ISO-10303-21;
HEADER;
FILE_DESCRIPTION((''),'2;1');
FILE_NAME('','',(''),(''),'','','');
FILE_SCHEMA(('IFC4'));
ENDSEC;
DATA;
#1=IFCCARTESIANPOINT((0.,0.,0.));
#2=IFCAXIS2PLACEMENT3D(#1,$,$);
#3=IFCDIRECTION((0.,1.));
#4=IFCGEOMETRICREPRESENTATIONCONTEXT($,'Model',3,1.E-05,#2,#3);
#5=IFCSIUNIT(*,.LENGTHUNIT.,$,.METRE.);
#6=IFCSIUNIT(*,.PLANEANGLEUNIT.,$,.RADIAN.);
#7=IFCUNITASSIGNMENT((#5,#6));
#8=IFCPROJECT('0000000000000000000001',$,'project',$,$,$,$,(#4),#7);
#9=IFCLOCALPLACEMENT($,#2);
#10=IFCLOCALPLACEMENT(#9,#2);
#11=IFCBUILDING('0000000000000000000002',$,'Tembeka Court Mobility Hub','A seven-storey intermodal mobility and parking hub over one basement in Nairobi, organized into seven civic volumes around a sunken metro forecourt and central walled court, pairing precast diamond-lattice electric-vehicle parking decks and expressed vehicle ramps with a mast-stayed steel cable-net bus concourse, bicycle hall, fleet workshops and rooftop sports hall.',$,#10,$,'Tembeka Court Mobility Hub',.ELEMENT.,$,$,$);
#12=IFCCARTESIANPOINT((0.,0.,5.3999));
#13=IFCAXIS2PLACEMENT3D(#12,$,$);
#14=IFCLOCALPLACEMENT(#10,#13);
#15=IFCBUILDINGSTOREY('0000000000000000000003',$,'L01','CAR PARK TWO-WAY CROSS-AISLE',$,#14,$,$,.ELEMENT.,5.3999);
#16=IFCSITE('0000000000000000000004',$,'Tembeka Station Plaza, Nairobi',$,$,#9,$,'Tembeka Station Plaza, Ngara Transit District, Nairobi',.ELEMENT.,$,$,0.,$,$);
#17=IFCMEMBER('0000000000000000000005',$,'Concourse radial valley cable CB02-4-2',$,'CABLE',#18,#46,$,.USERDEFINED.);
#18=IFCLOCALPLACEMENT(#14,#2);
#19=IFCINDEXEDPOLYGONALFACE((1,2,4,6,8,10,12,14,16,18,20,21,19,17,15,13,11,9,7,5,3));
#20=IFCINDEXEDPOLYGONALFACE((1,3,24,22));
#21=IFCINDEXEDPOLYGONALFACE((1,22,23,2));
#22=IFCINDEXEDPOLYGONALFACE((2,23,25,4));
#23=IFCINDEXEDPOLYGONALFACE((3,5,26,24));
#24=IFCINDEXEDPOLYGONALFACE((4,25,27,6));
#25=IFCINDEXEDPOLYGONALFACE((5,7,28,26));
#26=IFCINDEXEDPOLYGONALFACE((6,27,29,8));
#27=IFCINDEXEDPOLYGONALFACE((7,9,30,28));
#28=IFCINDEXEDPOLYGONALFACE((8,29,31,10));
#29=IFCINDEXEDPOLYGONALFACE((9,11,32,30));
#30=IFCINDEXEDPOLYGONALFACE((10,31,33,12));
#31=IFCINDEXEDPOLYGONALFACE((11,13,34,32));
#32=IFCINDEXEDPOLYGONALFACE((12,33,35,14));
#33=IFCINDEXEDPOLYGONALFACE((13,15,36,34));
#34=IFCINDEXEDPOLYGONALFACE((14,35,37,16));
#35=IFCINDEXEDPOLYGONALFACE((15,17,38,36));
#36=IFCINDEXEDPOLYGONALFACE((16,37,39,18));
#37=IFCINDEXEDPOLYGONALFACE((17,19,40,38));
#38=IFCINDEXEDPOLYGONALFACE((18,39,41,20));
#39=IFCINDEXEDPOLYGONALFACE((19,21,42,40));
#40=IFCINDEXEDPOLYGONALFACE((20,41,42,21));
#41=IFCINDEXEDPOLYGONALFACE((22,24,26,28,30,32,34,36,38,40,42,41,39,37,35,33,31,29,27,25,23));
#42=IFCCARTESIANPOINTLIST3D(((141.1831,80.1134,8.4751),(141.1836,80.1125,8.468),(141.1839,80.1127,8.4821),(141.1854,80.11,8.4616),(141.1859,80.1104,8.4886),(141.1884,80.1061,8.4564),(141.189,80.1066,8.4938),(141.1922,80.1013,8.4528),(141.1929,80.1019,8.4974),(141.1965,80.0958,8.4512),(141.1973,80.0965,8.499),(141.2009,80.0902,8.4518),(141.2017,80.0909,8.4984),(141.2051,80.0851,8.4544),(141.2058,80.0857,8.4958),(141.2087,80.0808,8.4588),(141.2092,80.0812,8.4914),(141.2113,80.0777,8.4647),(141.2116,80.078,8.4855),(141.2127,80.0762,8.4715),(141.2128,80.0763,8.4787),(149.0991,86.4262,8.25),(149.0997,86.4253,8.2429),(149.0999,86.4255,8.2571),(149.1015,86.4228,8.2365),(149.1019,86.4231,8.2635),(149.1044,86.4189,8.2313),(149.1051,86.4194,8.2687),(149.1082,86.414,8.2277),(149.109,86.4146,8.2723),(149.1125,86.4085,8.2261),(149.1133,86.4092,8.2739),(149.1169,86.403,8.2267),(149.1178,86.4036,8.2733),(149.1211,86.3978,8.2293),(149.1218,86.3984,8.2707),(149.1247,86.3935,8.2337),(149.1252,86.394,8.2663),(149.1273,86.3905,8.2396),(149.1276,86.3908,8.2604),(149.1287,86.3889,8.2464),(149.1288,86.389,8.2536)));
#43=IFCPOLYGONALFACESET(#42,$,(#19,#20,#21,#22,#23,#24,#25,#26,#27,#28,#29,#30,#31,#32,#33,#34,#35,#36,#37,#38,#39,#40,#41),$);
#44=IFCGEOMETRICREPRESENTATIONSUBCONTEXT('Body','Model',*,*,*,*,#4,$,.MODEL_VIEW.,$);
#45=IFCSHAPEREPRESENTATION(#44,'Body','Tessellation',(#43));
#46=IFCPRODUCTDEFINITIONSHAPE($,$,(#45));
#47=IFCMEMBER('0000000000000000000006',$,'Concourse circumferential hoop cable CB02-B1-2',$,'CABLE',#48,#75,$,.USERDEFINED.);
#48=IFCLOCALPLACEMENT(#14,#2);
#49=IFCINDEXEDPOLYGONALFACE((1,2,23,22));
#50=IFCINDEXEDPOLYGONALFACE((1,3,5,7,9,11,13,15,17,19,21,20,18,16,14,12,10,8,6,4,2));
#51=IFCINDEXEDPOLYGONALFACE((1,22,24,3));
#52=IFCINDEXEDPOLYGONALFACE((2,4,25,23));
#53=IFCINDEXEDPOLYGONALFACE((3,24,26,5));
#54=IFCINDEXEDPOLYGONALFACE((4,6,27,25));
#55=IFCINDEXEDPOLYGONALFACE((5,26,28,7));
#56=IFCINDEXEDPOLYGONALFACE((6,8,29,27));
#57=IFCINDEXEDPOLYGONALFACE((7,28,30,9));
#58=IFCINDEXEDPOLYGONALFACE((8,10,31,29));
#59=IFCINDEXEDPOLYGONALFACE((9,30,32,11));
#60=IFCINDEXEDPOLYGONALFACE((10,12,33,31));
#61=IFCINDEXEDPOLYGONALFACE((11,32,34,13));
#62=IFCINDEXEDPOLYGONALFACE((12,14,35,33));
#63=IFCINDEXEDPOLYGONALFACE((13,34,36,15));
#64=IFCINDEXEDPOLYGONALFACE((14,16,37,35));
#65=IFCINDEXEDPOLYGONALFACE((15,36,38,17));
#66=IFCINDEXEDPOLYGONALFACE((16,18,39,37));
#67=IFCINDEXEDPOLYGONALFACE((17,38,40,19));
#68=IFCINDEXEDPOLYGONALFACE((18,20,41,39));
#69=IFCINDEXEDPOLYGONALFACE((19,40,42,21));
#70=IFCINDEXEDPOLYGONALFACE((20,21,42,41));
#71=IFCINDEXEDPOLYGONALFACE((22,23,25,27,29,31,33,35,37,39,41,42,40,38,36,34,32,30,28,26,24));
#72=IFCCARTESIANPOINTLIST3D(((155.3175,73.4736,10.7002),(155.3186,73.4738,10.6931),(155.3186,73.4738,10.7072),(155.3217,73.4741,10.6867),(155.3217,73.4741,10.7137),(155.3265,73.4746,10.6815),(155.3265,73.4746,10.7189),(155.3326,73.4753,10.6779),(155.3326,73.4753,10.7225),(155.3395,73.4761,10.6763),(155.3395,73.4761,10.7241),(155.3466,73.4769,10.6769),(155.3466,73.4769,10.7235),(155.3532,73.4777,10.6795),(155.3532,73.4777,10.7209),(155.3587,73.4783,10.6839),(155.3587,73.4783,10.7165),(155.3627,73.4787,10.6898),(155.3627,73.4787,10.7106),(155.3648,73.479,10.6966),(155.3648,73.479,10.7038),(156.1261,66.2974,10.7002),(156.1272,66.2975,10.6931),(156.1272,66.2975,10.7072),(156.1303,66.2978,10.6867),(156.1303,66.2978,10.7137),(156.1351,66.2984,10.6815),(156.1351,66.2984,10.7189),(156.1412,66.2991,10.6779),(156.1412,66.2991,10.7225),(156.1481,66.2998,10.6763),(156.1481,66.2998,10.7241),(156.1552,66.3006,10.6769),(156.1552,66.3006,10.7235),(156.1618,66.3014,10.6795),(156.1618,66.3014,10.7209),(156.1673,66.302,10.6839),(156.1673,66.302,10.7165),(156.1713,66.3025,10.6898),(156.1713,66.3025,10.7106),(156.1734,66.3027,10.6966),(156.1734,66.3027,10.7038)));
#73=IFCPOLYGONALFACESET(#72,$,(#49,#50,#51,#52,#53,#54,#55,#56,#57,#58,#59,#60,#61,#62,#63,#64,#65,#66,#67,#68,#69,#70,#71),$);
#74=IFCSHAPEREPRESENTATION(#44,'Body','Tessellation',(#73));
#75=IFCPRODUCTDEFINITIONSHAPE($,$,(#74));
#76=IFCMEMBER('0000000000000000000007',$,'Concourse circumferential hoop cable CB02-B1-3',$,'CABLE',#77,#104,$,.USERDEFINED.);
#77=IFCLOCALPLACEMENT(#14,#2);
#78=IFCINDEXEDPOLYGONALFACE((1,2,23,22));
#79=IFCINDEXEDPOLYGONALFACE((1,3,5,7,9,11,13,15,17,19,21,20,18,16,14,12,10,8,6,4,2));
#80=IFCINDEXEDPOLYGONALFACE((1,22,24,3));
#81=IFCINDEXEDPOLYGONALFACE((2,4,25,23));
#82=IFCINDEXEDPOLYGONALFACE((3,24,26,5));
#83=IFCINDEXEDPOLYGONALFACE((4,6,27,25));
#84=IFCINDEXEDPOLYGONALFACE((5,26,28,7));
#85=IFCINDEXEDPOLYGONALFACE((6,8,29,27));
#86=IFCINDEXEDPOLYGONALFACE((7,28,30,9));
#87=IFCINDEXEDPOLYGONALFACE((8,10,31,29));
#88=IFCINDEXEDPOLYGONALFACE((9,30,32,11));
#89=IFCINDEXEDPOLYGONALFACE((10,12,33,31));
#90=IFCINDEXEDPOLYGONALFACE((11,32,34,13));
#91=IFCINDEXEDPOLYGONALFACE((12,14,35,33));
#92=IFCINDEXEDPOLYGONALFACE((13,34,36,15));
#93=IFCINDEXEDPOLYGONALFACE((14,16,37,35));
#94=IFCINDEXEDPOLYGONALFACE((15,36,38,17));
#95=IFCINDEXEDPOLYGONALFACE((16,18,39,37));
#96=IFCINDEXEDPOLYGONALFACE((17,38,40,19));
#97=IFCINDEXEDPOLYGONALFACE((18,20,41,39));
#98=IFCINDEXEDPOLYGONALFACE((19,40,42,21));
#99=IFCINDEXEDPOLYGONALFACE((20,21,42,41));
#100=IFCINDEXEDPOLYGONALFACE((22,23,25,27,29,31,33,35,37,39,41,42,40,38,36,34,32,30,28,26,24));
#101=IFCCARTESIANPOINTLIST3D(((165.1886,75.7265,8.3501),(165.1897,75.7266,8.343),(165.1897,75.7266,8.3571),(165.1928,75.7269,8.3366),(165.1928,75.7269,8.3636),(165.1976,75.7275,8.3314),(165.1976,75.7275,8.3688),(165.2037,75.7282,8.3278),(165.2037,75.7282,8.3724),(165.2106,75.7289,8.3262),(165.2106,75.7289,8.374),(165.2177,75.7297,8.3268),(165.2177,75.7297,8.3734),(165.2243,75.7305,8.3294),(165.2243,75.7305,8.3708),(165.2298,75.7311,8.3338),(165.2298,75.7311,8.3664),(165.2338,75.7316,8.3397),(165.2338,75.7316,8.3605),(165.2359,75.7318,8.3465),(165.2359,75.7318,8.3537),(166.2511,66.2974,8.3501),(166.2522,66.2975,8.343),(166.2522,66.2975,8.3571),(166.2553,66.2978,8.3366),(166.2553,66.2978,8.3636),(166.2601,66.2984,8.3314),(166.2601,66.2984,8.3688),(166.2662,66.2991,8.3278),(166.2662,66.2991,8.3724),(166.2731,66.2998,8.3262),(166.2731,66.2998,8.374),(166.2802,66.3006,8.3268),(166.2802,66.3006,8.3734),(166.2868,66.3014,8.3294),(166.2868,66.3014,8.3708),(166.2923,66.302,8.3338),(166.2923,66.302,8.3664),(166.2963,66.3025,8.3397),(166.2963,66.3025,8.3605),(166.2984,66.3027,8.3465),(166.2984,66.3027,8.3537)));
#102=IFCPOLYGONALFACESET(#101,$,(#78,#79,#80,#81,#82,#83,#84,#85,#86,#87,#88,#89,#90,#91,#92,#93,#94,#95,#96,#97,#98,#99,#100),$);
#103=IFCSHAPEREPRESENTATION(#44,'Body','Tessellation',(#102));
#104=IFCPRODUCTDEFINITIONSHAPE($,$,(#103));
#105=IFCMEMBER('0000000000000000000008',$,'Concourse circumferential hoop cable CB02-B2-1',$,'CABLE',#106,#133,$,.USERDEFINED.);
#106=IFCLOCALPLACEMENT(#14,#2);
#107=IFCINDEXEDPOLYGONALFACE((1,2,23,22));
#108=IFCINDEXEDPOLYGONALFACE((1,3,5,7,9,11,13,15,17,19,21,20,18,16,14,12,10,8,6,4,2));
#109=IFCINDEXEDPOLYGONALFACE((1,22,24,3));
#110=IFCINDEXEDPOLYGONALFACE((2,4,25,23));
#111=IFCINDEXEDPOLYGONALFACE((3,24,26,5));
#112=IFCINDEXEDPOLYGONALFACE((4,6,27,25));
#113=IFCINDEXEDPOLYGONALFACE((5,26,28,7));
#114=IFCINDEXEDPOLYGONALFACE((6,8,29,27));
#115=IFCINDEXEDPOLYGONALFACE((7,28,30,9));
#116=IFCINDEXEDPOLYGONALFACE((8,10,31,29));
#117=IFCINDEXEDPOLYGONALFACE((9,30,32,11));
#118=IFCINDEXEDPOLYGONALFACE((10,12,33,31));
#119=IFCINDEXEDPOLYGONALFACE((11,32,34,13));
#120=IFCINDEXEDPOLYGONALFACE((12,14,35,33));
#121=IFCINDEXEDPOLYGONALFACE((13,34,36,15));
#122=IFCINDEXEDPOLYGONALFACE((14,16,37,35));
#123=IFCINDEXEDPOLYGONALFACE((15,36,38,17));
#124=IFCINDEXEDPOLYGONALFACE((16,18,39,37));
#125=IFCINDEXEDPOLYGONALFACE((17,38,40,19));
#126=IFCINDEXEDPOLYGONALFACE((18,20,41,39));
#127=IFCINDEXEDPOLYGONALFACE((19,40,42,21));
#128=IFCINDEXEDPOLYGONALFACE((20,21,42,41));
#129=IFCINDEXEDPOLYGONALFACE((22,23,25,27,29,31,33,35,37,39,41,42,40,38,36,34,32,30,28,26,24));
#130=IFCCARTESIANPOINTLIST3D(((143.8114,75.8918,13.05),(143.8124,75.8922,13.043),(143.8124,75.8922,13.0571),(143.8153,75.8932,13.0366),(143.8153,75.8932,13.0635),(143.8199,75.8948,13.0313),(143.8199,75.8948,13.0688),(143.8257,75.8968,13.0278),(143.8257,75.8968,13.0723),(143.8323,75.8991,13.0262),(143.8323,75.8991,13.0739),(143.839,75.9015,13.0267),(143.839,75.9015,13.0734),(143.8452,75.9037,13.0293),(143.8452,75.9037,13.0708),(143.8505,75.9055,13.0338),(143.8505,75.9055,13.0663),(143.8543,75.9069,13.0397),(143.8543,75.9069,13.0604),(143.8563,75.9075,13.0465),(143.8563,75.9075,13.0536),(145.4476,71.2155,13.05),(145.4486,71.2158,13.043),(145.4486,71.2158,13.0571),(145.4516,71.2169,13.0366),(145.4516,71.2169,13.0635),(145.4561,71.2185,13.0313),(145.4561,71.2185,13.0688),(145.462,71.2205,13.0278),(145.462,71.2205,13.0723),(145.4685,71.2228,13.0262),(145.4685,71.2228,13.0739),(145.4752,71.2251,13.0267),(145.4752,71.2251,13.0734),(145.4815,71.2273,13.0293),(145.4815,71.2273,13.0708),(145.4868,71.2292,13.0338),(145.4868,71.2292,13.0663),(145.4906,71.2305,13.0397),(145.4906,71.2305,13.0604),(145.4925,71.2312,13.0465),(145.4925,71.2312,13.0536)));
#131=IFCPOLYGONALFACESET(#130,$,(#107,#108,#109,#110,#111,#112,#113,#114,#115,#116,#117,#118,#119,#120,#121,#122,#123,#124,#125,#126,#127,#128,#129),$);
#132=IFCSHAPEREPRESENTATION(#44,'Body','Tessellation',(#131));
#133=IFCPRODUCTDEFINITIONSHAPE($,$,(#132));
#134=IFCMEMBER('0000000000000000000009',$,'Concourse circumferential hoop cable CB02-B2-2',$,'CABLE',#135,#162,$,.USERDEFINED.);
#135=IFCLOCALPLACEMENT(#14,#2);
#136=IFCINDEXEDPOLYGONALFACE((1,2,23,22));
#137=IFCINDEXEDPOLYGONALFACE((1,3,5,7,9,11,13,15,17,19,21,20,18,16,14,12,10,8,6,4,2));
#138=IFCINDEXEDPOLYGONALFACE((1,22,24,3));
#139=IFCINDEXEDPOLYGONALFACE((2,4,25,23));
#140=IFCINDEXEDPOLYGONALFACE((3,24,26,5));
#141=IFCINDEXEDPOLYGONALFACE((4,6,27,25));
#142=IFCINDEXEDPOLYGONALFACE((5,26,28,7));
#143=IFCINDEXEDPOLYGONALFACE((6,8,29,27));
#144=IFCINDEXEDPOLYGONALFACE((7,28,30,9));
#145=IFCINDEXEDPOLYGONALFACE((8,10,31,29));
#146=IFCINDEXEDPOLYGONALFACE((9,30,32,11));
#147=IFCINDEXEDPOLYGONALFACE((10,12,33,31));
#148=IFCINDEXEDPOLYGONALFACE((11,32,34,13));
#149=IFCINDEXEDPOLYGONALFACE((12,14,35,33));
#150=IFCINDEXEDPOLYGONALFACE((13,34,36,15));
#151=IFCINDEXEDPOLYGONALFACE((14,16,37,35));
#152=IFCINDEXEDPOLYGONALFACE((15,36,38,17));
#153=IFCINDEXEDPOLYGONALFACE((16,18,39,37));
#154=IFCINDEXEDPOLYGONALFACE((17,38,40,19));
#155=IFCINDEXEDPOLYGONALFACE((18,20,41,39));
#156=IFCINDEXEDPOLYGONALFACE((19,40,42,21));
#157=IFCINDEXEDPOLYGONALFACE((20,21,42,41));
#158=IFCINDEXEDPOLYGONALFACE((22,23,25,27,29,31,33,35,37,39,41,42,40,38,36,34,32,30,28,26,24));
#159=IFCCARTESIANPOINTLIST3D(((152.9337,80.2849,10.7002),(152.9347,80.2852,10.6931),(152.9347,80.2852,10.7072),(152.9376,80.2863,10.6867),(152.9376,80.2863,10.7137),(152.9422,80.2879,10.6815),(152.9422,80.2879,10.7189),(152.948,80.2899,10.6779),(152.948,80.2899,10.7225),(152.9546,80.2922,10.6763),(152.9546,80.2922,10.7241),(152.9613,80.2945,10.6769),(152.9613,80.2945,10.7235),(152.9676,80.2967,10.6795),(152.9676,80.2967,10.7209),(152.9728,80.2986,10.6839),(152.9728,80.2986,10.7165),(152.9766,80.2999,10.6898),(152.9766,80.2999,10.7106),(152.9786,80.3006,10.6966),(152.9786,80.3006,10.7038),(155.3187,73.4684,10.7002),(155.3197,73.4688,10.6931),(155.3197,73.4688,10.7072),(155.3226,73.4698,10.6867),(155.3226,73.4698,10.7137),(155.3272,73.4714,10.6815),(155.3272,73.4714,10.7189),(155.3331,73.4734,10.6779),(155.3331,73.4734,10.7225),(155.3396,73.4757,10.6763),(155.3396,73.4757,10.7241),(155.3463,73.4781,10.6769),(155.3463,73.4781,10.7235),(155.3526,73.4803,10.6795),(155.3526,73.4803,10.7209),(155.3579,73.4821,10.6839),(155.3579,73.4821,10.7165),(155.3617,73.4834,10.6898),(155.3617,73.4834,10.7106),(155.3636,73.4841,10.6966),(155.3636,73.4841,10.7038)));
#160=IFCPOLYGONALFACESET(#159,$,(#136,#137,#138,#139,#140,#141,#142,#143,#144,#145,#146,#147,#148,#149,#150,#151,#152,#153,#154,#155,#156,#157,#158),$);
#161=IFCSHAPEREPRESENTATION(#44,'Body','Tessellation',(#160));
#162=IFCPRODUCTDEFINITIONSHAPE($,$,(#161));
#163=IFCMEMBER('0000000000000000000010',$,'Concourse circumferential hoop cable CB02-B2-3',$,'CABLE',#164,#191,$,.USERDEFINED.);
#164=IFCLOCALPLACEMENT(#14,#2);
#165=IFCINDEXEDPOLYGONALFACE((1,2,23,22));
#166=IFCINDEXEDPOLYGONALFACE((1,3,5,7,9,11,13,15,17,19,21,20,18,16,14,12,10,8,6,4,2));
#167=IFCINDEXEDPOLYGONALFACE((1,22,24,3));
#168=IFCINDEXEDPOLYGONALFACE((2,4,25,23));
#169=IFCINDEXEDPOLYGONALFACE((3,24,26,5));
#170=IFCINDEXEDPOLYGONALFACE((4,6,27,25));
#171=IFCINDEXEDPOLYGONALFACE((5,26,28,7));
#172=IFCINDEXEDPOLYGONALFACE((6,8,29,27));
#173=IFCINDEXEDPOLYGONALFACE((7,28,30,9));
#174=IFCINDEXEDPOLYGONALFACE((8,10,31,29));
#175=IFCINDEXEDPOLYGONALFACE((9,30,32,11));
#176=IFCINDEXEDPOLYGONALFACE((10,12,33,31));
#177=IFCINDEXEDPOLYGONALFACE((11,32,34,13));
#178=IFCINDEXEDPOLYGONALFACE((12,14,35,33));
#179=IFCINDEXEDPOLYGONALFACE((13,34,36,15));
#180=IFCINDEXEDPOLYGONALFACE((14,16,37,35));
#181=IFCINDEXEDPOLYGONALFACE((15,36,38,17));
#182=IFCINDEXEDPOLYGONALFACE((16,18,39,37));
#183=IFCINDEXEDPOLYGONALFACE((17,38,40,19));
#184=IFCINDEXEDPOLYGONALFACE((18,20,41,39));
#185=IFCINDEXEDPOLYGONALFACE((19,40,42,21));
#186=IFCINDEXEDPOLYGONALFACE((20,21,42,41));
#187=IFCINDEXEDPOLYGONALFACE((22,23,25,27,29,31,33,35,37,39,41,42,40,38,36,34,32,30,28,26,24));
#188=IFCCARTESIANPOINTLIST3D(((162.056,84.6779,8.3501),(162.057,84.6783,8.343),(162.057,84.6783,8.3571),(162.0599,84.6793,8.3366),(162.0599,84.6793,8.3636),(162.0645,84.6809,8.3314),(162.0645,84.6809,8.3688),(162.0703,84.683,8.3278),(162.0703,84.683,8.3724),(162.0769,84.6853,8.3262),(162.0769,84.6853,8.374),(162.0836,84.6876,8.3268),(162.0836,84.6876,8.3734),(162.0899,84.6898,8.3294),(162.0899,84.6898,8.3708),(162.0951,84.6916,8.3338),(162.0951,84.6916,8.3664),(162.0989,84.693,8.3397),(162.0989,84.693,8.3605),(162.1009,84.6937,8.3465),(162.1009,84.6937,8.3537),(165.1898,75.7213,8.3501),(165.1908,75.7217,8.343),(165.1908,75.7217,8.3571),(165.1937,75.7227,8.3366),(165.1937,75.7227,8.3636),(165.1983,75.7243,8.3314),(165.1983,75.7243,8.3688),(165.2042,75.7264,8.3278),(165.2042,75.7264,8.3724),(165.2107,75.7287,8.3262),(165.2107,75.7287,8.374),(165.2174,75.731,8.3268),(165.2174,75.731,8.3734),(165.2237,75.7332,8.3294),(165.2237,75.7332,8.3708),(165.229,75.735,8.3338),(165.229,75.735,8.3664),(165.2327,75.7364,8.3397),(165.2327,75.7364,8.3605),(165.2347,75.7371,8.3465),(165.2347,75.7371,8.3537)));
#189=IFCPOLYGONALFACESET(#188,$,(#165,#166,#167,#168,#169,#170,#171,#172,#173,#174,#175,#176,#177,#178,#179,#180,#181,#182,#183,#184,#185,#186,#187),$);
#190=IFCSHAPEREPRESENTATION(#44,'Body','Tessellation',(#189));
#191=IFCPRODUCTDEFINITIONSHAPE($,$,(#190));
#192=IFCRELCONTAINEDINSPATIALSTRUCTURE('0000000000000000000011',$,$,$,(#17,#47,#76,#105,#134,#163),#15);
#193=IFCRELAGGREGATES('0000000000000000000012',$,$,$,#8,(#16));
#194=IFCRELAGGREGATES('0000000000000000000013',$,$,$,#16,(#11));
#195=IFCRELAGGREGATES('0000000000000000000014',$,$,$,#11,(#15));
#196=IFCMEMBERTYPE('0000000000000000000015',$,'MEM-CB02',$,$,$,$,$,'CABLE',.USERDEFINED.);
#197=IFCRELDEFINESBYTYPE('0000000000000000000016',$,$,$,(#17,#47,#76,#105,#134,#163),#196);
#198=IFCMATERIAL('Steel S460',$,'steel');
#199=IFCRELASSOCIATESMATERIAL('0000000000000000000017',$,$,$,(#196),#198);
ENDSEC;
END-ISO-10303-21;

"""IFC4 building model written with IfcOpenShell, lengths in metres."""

from ifc_helpers import new_model, si_unit, direction, frame, origin, origin_2d, place, context, subcontext, project, spatial, circle, extrude, material, material_profile, profile_set, type_object, element, save


model = new_model("IFC4")

# Units and contexts
model_context = context("Model", 3, precision=1e-05, world=origin(), true_north=direction((0.0, 1.0)))
body_context = subcontext(model_context, "Body", "Model", "MODEL_VIEW")
ifc_project = project(units=[si_unit("LENGTHUNIT", "METRE"), si_unit("PLANEANGLEUNIT", "RADIAN")], contexts=[model_context])

# Site, building, storey
site_placement = place(None, origin())
site = spatial("IfcSite", under=ifc_project, at=site_placement, Name="Tembeka Station Plaza, Nairobi", LongName="Tembeka Station Plaza, Ngara Transit District, Nairobi", CompositionType="ELEMENT", RefElevation=0.0)
building_placement = place(site_placement, origin())
building = spatial("IfcBuilding", under=site, at=building_placement, Name="Tembeka Court Mobility Hub", Description="A seven-storey intermodal mobility and parking hub over one basement in Nairobi, organized into seven civic volumes around a sunken metro forecourt and central walled court, pairing precast diamond-lattice electric-vehicle parking decks and expressed vehicle ramps with a mast-stayed steel cable-net bus concourse, bicycle hall, fleet workshops and rooftop sports hall.", LongName="Tembeka Court Mobility Hub", CompositionType="ELEMENT")
storey_placement = place(building_placement, frame((0.0, 0.0, 5.3999)))
storey = spatial("IfcBuildingStorey", under=building, at=storey_placement, Name="L01", Description="CAR PARK TWO-WAY CROSS-AISLE", CompositionType="ELEMENT", Elevation=5.3999)

# Members
ifc_material_1 = material(Name="Steel S460", Category="steel")
ifc_material_profile_1 = material_profile(ifc_material_1, circle(Radius=0.0239, at=origin_2d()), Name="CABLE D48")
ifc_profile_set_1 = profile_set([ifc_material_profile_1], Name="Steel S460")
member_type_1 = type_object("IfcMemberType", Name="MEM-CB02", ElementType="CABLE", PredefinedType="USERDEFINED", material=ifc_profile_set_1)
for number, where, z_axis, x_axis, name in (
    (1, (141.198, 80.0947, 8.4751), (0.781642, 0.623332, -0.022227), (-0.623486, 0.781835, 0.0), "Concourse radial valley cable CB02-4-2"),
):
    element("IfcMember", number, at=place(storey_placement, frame(where, z_axis=z_axis, x_axis=x_axis)), inside=storey, type_object=member_type_1, Name=name, ObjectType="CABLE", PredefinedType="USERDEFINED", context=body_context, shape_type="SweptSolid", body=[
        extrude(circle(Radius=0.0239, at=origin_2d()), origin(), (0.0, 0.0, 1.0), 10.1274),
    ])
member_1_placement = place(storey_placement, frame((156.1499, 66.3, 10.7002), z_axis=(-0.111968, 0.993712, 0.0), x_axis=(-0.993712, -0.111968, 0.0)))
element("IfcMember", 2, at=member_1_placement, inside=storey, type_object=member_type_1, Name="Concourse circumferential hoop cable CB02-B1-2", ObjectType="CABLE", PredefinedType="USERDEFINED", context=body_context, shape_type="SweptSolid", body=[
    extrude(circle(Radius=0.0239, at=origin_2d()), origin(), (0.0, 0.0, 1.0), 7.2217),
])
member_2_placement = place(storey_placement, frame((166.2749, 66.3, 8.3501), z_axis=(-0.111973, 0.993711, 0.0), x_axis=(-0.993711, -0.111973, 0.0)))
element("IfcMember", 3, at=member_2_placement, inside=storey, type_object=member_type_1, Name="Concourse circumferential hoop cable CB02-B1-3", ObjectType="CABLE", PredefinedType="USERDEFINED", context=body_context, shape_type="SweptSolid", body=[
    extrude(circle(Radius=0.0239, at=origin_2d()), origin(), (0.0, 0.0, 1.0), 9.4888),
])
member_3_placement = place(storey_placement, frame((145.4702, 71.2234, 13.05), z_axis=(-0.330267, 0.943888, 0.0), x_axis=(-0.943888, -0.330267, 0.0)))
element("IfcMember", 4, at=member_3_placement, inside=storey, type_object=member_type_1, Name="Concourse circumferential hoop cable CB02-B2-1", ObjectType="CABLE", PredefinedType="USERDEFINED", context=body_context, shape_type="SweptSolid", body=[
    extrude(circle(Radius=0.0239, at=origin_2d()), origin(), (0.0, 0.0, 1.0), 4.9543),
])
member_4_placement = place(storey_placement, frame((155.3413, 73.4763, 10.7002), z_axis=(-0.33026, 0.94389, 0.0), x_axis=(-0.94389, -0.33026, 0.0)))
element("IfcMember", 5, at=member_4_placement, inside=storey, type_object=member_type_1, Name="Concourse circumferential hoop cable CB02-B2-2", ObjectType="CABLE", PredefinedType="USERDEFINED", context=body_context, shape_type="SweptSolid", body=[
    extrude(circle(Radius=0.0239, at=origin_2d()), origin(), (0.0, 0.0, 1.0), 7.2217),
])
member_5_placement = place(storey_placement, frame((165.2124, 75.7292, 8.3501), z_axis=(-0.330256, 0.943891, 0.0), x_axis=(-0.943891, -0.330256, 0.0)))
element("IfcMember", 6, at=member_5_placement, inside=storey, type_object=member_type_1, Name="Concourse circumferential hoop cable CB02-B2-3", ObjectType="CABLE", PredefinedType="USERDEFINED", context=body_context, shape_type="SweptSolid", body=[
    extrude(circle(Radius=0.0239, at=origin_2d()), origin(), (0.0, 0.0, 1.0), 9.489),
])

save(model, "model.ifc")
